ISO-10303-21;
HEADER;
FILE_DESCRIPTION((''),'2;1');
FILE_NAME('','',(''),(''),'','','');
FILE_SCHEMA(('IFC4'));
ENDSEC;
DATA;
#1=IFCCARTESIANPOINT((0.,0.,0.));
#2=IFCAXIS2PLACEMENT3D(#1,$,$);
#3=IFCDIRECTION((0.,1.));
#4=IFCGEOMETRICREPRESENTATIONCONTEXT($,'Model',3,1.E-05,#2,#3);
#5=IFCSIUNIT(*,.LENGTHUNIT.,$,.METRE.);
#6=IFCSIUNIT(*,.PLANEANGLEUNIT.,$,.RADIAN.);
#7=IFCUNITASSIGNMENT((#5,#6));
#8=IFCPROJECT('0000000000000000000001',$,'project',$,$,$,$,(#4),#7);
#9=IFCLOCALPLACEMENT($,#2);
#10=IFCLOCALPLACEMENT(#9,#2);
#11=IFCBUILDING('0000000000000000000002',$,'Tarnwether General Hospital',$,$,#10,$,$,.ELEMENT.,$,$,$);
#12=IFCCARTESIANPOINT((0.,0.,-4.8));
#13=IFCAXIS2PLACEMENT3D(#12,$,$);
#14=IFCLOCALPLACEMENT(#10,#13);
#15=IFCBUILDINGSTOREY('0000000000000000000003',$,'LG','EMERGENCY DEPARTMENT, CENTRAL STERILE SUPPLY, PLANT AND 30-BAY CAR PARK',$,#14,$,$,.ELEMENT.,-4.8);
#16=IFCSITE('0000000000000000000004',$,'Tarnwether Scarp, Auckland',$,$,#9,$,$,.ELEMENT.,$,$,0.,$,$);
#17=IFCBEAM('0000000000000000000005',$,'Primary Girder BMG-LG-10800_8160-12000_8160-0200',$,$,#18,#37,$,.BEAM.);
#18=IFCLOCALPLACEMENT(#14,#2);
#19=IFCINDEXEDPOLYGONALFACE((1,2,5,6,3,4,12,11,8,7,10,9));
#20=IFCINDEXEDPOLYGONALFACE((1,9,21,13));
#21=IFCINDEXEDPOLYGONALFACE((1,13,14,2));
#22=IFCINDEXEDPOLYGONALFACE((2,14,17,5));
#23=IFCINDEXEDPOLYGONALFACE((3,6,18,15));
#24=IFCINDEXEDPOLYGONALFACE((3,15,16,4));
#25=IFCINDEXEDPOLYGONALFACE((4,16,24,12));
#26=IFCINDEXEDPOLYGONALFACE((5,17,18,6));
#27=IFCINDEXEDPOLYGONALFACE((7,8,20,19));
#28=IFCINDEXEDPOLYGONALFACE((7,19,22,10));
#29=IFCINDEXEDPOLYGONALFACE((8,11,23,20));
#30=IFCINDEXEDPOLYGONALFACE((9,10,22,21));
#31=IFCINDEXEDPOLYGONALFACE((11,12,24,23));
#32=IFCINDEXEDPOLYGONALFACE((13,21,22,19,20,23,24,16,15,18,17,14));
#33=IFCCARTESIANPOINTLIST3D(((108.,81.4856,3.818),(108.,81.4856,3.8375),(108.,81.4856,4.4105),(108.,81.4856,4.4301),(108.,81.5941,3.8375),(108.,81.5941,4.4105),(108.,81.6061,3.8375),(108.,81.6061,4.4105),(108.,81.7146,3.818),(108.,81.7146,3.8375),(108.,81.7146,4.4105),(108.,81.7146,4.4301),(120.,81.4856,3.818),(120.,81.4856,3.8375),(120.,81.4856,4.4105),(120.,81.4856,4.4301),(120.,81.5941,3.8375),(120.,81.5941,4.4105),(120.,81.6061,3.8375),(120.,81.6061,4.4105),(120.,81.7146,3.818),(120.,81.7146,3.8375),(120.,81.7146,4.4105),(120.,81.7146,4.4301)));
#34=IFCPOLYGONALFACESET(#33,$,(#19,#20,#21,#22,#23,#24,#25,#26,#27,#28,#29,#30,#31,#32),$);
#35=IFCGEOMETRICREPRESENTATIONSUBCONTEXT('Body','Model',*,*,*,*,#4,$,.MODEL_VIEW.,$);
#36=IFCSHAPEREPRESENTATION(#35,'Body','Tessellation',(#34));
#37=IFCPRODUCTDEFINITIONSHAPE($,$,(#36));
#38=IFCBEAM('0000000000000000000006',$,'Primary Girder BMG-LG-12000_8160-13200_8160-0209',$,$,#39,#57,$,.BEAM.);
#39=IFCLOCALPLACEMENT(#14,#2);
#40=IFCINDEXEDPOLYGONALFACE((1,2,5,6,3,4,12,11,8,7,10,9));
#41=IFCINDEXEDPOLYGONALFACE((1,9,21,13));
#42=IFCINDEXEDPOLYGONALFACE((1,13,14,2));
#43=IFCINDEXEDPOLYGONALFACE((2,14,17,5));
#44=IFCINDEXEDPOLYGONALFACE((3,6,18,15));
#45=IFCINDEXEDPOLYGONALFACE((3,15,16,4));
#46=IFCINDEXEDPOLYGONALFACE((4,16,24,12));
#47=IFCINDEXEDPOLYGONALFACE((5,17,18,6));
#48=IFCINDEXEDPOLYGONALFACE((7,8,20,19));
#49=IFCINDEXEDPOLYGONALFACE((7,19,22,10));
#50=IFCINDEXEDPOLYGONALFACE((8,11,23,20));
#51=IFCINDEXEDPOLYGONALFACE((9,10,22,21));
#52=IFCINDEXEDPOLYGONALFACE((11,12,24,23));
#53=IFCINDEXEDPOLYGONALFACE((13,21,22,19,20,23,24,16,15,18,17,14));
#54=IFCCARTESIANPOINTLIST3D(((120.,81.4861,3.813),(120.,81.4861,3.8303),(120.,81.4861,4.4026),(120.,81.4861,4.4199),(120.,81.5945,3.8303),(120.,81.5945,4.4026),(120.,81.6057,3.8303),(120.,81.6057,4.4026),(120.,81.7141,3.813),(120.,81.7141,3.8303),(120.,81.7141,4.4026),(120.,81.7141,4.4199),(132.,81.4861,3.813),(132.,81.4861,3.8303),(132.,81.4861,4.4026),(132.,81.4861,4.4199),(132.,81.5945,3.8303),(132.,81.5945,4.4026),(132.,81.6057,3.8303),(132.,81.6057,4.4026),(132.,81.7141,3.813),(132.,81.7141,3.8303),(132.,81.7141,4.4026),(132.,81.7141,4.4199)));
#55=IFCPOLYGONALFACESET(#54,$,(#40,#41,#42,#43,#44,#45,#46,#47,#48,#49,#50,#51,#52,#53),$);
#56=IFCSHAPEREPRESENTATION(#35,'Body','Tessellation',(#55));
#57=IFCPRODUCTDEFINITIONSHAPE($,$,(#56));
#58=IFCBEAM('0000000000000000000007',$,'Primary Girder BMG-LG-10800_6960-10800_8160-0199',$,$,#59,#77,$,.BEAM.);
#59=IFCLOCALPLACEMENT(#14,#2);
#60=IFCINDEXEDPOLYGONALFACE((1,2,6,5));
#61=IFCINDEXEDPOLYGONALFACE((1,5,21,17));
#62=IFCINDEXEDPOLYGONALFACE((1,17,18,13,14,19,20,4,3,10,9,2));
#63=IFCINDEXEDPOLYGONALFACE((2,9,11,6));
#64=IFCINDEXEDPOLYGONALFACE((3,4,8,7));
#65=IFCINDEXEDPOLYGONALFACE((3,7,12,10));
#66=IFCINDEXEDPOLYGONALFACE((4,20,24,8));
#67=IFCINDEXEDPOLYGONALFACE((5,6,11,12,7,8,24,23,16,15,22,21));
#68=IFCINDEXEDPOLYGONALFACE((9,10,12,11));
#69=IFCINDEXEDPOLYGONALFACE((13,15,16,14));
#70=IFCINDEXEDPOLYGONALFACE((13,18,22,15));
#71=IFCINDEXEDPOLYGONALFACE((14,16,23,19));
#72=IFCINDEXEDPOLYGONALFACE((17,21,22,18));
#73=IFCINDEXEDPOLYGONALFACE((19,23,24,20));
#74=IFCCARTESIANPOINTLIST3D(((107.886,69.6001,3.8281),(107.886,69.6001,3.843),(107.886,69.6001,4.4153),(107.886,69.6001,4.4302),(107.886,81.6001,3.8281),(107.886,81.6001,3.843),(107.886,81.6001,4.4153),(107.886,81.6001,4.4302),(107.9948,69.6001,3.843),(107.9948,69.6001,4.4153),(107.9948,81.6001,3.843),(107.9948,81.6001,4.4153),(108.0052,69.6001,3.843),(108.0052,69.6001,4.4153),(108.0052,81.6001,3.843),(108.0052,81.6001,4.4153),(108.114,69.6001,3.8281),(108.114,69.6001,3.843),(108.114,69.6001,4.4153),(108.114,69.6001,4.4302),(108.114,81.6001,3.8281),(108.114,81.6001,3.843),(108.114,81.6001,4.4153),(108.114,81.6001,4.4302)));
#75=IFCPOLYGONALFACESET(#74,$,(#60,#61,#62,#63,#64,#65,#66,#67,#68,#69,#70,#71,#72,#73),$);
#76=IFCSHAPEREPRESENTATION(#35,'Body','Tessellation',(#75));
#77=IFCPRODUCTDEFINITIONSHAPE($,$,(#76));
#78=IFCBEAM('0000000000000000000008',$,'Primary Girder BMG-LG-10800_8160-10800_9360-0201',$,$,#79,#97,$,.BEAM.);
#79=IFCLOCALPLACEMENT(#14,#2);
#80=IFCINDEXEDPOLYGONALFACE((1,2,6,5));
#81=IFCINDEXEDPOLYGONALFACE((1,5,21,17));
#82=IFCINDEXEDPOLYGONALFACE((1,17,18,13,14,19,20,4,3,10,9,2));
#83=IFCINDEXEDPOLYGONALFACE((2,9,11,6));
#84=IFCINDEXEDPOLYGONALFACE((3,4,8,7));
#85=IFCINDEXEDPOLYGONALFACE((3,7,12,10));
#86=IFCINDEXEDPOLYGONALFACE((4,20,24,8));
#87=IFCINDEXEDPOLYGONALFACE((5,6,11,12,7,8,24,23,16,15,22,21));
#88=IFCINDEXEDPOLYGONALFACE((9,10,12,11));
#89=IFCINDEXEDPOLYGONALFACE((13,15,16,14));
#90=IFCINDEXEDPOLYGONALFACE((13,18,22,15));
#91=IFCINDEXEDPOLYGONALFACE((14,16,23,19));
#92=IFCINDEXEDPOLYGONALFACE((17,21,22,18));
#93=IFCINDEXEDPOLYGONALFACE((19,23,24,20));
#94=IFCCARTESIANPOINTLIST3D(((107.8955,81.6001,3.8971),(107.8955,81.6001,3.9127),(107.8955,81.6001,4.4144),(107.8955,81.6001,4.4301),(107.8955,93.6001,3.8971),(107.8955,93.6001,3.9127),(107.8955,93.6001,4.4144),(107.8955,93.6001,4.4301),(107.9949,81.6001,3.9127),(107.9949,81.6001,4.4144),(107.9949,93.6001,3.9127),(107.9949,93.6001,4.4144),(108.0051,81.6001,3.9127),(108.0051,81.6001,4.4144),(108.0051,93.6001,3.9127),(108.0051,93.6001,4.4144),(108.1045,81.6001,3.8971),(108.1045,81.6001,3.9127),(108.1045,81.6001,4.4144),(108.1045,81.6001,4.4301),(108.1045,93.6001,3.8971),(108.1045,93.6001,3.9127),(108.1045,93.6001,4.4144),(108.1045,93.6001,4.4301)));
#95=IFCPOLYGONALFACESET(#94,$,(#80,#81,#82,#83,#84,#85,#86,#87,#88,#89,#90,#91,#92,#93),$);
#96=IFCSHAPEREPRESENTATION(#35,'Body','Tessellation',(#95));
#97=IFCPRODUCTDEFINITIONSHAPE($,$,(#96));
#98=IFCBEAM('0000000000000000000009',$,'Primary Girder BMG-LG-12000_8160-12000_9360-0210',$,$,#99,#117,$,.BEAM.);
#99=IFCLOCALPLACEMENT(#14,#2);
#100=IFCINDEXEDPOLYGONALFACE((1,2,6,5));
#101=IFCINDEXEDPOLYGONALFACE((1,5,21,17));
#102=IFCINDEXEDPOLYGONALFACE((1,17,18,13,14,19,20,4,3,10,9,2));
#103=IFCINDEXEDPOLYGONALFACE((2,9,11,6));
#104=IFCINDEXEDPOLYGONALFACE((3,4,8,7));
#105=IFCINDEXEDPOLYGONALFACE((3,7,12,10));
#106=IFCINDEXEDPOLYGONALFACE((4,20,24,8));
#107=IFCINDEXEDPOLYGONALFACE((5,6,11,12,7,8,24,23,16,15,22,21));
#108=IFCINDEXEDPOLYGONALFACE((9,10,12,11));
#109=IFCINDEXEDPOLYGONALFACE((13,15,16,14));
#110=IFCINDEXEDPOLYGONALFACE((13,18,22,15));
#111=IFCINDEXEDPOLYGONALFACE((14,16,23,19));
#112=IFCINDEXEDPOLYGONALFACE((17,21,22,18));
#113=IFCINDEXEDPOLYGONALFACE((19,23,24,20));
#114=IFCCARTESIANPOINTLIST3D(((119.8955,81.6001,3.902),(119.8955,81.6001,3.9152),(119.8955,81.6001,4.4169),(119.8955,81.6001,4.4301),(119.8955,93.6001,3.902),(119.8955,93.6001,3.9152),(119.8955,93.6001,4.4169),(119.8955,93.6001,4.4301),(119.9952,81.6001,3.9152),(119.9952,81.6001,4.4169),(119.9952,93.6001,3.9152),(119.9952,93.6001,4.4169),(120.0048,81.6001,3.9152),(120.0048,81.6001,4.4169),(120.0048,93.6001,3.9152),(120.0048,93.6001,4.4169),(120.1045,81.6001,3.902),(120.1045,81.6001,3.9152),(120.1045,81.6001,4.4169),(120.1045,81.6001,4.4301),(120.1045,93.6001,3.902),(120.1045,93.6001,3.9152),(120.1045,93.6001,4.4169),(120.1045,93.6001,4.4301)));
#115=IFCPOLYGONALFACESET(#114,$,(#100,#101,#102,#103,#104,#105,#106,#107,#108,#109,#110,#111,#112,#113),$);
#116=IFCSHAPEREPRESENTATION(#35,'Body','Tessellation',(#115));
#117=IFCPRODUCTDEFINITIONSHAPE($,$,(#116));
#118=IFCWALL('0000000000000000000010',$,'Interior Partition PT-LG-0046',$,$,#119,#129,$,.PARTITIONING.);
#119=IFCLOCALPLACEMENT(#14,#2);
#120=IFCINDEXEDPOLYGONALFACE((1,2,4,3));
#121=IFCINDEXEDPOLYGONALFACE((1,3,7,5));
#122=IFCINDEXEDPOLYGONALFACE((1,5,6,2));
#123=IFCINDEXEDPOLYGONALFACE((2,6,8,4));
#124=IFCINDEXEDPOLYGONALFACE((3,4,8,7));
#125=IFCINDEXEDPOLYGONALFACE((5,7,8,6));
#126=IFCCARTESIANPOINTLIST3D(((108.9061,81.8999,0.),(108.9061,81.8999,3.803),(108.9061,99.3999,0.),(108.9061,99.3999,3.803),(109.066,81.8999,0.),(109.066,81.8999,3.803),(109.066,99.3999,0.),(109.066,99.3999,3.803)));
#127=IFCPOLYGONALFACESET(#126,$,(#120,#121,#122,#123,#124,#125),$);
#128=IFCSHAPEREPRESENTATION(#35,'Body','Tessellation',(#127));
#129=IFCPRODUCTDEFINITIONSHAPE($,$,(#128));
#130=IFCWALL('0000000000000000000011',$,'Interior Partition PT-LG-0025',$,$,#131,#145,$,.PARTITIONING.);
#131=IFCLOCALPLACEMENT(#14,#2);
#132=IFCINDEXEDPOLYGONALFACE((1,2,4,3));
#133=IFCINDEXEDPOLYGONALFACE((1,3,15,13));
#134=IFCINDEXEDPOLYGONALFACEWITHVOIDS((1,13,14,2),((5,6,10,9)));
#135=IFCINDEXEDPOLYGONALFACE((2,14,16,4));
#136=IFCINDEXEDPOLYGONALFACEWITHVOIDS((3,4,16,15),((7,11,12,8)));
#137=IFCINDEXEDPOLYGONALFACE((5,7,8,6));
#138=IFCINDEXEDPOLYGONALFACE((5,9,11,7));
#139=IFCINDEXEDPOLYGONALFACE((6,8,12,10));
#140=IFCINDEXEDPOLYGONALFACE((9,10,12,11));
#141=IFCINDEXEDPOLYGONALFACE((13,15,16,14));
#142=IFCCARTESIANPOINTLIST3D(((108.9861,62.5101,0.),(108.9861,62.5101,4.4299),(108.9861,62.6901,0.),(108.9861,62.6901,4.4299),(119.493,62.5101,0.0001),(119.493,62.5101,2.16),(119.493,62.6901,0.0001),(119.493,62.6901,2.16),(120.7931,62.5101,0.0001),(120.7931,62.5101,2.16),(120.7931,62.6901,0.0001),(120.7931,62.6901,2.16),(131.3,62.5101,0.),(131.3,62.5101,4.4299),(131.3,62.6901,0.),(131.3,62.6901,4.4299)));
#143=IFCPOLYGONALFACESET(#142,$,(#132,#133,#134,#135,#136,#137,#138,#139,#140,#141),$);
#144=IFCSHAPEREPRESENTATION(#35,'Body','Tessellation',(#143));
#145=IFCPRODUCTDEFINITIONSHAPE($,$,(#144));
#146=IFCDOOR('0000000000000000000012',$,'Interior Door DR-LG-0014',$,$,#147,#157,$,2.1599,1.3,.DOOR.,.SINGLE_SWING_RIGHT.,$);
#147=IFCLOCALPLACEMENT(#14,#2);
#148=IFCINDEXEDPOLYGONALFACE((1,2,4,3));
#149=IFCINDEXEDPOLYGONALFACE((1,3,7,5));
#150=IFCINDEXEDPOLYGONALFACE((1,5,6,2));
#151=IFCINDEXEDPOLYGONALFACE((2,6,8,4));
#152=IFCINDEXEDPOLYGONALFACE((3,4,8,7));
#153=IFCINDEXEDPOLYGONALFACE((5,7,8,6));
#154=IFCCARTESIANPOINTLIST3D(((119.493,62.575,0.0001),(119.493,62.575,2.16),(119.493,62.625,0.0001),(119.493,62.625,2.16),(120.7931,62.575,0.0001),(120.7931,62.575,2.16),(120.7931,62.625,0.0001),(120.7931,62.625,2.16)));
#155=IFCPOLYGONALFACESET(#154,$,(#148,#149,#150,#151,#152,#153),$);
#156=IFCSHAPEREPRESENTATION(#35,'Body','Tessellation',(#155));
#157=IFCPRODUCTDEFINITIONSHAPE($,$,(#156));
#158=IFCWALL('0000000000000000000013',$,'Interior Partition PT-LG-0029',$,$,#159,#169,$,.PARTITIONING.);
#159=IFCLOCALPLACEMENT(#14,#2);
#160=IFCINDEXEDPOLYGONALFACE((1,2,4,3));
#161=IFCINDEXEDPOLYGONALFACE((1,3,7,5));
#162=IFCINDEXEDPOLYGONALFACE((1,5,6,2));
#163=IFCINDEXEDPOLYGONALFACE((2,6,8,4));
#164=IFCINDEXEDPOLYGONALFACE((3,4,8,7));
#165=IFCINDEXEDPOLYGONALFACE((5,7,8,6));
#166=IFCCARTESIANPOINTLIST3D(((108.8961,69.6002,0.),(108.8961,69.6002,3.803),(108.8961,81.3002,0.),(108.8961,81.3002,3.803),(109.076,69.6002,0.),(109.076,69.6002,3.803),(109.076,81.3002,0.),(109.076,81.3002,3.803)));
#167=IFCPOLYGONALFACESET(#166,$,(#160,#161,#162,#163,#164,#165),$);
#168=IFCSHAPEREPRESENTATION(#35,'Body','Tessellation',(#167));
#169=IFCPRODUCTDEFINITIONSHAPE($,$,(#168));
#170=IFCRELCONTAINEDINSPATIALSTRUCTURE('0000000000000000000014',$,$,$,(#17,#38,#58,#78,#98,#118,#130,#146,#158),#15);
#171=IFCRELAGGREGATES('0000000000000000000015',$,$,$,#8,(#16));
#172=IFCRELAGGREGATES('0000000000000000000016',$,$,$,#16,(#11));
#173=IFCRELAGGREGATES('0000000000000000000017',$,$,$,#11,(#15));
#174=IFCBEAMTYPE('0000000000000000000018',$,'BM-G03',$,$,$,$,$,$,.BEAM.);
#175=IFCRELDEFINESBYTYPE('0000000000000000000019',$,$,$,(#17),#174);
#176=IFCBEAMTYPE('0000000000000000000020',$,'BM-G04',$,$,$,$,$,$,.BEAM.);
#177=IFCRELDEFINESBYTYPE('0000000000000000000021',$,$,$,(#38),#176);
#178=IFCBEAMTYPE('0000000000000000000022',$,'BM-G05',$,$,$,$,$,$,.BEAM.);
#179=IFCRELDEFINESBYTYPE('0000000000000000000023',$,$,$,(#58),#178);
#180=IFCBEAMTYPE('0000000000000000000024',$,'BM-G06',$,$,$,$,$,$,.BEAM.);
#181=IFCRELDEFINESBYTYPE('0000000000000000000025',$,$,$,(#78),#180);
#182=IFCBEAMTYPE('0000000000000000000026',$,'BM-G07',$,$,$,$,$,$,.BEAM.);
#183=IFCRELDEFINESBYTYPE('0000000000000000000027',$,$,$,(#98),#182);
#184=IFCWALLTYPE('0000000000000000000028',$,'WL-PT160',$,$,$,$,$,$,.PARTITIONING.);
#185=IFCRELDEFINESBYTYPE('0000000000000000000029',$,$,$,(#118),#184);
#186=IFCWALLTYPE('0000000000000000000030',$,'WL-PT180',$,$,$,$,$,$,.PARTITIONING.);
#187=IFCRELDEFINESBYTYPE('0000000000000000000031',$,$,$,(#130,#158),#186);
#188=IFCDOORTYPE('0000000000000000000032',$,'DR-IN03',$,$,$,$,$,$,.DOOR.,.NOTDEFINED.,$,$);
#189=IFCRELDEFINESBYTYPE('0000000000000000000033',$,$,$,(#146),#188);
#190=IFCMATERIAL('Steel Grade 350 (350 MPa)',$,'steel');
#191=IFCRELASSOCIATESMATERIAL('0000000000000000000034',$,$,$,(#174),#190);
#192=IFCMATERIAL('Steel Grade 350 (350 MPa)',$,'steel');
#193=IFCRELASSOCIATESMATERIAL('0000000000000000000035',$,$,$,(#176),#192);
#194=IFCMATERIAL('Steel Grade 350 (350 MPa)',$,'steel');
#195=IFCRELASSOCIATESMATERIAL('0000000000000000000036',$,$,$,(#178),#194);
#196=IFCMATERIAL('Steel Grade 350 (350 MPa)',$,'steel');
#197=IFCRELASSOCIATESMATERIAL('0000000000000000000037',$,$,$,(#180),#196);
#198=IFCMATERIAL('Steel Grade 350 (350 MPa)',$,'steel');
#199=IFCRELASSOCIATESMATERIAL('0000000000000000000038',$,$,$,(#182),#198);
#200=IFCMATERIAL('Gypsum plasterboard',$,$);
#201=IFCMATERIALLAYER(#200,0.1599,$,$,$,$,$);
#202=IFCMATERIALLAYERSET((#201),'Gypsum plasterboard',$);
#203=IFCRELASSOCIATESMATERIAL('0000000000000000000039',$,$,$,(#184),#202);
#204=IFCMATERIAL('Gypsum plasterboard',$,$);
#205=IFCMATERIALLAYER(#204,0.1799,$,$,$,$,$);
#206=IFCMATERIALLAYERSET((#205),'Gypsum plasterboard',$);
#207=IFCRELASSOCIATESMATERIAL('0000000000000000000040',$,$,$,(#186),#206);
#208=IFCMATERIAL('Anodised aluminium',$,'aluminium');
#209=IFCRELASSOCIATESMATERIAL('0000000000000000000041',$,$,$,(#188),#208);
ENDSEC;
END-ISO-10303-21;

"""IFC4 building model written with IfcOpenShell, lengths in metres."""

from ifc_helpers import new_model, si_unit, direction, frame, frame_2d, origin, origin_2d, place, context, subcontext, project, spatial, rectangle, i_section, extrude, material, layer, layer_set, material_profile, profile_set, type_object, element, fill, save


model = new_model("IFC4")

# Units and contexts
model_context = context("Model", 3, precision=1e-05, world=origin(), true_north=direction((0.0, 1.0)))
body_context = subcontext(model_context, "Body", "Model", "MODEL_VIEW")
ifc_project = project(units=[si_unit("LENGTHUNIT", "METRE"), si_unit("PLANEANGLEUNIT", "RADIAN")], contexts=[model_context])

# Site, building, storey
site_placement = place(None, origin())
site = spatial("IfcSite", under=ifc_project, at=site_placement, Name="Tarnwether Scarp, Auckland", CompositionType="ELEMENT", RefElevation=0.0)
building_placement = place(site_placement, origin())
building = spatial("IfcBuilding", under=site, at=building_placement, Name="Tarnwether General Hospital", CompositionType="ELEMENT")
storey_placement = place(building_placement, frame((0.0, 0.0, -4.8)))
storey = spatial("IfcBuildingStorey", under=building, at=storey_placement, Name="LG", Description="EMERGENCY DEPARTMENT, CENTRAL STERILE SUPPLY, PLANT AND 30-BAY CAR PARK", CompositionType="ELEMENT", Elevation=-4.8)

# Beams
ifc_material_1 = material(Name="Steel Grade 350 (350 MPa)", Category="steel")
ifc_material_profile_1 = material_profile(ifc_material_1, i_section(OverallWidth=0.229, OverallDepth=0.6121, WebThickness=0.012, FlangeThickness=0.0195, at=origin_2d()), Name="610UB125")
ifc_profile_set_1 = profile_set([ifc_material_profile_1], Name="Steel Grade 350 (350 MPa)")
beam_type_1 = type_object("IfcBeamType", Name="BM-G03", PredefinedType="BEAM", material=ifc_profile_set_1)
beam_1_placement = place(storey_placement, frame((108.0, 81.6001, 4.124), z_axis=(1.0, 0.0, 0.0), x_axis=(0.0, 1.0, 0.0)))
element("IfcBeam", 1, at=beam_1_placement, inside=storey, type_object=beam_type_1, Name="Primary Girder BMG-LG-10800_8160-12000_8160-0200", PredefinedType="BEAM", context=body_context, shape_type="SweptSolid", body=[
    extrude(i_section(OverallWidth=0.229, OverallDepth=0.6121, WebThickness=0.012, FlangeThickness=0.0195, at=origin_2d()), origin(), (0.0, 0.0, 1.0), 12.0),
])
ifc_material_2 = material(Name="Steel Grade 350 (350 MPa)", Category="steel")
ifc_material_profile_2 = material_profile(ifc_material_2, i_section(OverallWidth=0.228, OverallDepth=0.6069, WebThickness=0.0112, FlangeThickness=0.0173, at=origin_2d()), Name="610UB113")
ifc_profile_set_2 = profile_set([ifc_material_profile_2], Name="Steel Grade 350 (350 MPa)")
beam_type_2 = type_object("IfcBeamType", Name="BM-G04", PredefinedType="BEAM", material=ifc_profile_set_2)
beam_2_placement = place(storey_placement, frame((120.0, 81.6001, 4.1165), z_axis=(1.0, 0.0, 0.0), x_axis=(0.0, 1.0, 0.0)))
element("IfcBeam", 2, at=beam_2_placement, inside=storey, type_object=beam_type_2, Name="Primary Girder BMG-LG-12000_8160-13200_8160-0209", PredefinedType="BEAM", context=body_context, shape_type="SweptSolid", body=[
    extrude(i_section(OverallWidth=0.228, OverallDepth=0.6069, WebThickness=0.0112, FlangeThickness=0.0173, at=origin_2d()), origin(), (0.0, 0.0, 1.0), 12.0),
])
ifc_material_3 = material(Name="Steel Grade 350 (350 MPa)", Category="steel")
ifc_material_profile_3 = material_profile(ifc_material_3, i_section(OverallWidth=0.228, OverallDepth=0.6021, WebThickness=0.0105, FlangeThickness=0.0149, at=origin_2d()), Name="610UB101")
ifc_profile_set_3 = profile_set([ifc_material_profile_3], Name="Steel Grade 350 (350 MPa)")
beam_type_3 = type_object("IfcBeamType", Name="BM-G05", PredefinedType="BEAM", material=ifc_profile_set_3)
beam_3_placement = place(storey_placement, frame((108.0, 69.6001, 4.1292), z_axis=(0.0, 1.0, 0.0), x_axis=(-1.0, 0.0, 0.0)))
element("IfcBeam", 3, at=beam_3_placement, inside=storey, type_object=beam_type_3, Name="Primary Girder BMG-LG-10800_6960-10800_8160-0199", PredefinedType="BEAM", context=body_context, shape_type="SweptSolid", body=[
    extrude(i_section(OverallWidth=0.228, OverallDepth=0.6021, WebThickness=0.0105, FlangeThickness=0.0149, at=origin_2d()), origin(), (0.0, 0.0, 1.0), 12.0),
])
ifc_material_4 = material(Name="Steel Grade 350 (350 MPa)", Category="steel")
ifc_material_profile_4 = material_profile(ifc_material_4, i_section(OverallWidth=0.209, OverallDepth=0.533, WebThickness=0.0103, FlangeThickness=0.0156, at=origin_2d()), Name="530UB92.4")
ifc_profile_set_4 = profile_set([ifc_material_profile_4], Name="Steel Grade 350 (350 MPa)")
beam_type_4 = type_object("IfcBeamType", Name="BM-G06", PredefinedType="BEAM", material=ifc_profile_set_4)
beam_4_placement = place(storey_placement, frame((108.0, 81.6001, 4.1636), z_axis=(0.0, 1.0, 0.0), x_axis=(-1.0, 0.0, 0.0)))
element("IfcBeam", 4, at=beam_4_placement, inside=storey, type_object=beam_type_4, Name="Primary Girder BMG-LG-10800_8160-10800_9360-0201", PredefinedType="BEAM", context=body_context, shape_type="SweptSolid", body=[
    extrude(i_section(OverallWidth=0.209, OverallDepth=0.533, WebThickness=0.0103, FlangeThickness=0.0156, at=origin_2d()), origin(), (0.0, 0.0, 1.0), 12.0),
])
ifc_material_5 = material(Name="Steel Grade 350 (350 MPa)", Category="steel")
ifc_material_profile_5 = material_profile(ifc_material_5, i_section(OverallWidth=0.209, OverallDepth=0.5281, WebThickness=0.0095, FlangeThickness=0.0132, at=origin_2d()), Name="530UB82.0")
ifc_profile_set_5 = profile_set([ifc_material_profile_5], Name="Steel Grade 350 (350 MPa)")
beam_type_5 = type_object("IfcBeamType", Name="BM-G07", PredefinedType="BEAM", material=ifc_profile_set_5)
beam_5_placement = place(storey_placement, frame((120.0, 81.6001, 4.166), z_axis=(0.0, 1.0, 0.0), x_axis=(-1.0, 0.0, 0.0)))
element("IfcBeam", 5, at=beam_5_placement, inside=storey, type_object=beam_type_5, Name="Primary Girder BMG-LG-12000_8160-12000_9360-0210", PredefinedType="BEAM", context=body_context, shape_type="SweptSolid", body=[
    extrude(i_section(OverallWidth=0.209, OverallDepth=0.5281, WebThickness=0.0095, FlangeThickness=0.0132, at=origin_2d()), origin(), (0.0, 0.0, 1.0), 12.0),
])

# Wall
ifc_material_6 = material(Name="Gypsum plasterboard")
ifc_layer_1 = layer(ifc_material_6, 0.1599)
ifc_layer_set_1 = layer_set([ifc_layer_1], Name="Gypsum plasterboard")
wall_type_1 = type_object("IfcWallType", Name="WL-PT160", PredefinedType="PARTITIONING", material=ifc_layer_set_1)
wall_1_placement = place(storey_placement, frame((108.9861, 81.8999, 0.0), z_axis=(0.0, 0.0, 1.0), x_axis=(0.0, 1.0, 0.0)))
element("IfcWall", 6, at=wall_1_placement, inside=storey, type_object=wall_type_1, Name="Interior Partition PT-LG-0046", PredefinedType="PARTITIONING", context=body_context, shape_type="SweptSolid", body=[
    extrude(rectangle(XDim=17.5, YDim=0.1599, at=frame_2d((8.75, 0.0))), origin(), (0.0, 0.0, 1.0), 3.803),
])

# Wall, opening, door
ifc_material_7 = material(Name="Gypsum plasterboard")
ifc_layer_2 = layer(ifc_material_7, 0.1799)
ifc_layer_set_2 = layer_set([ifc_layer_2], Name="Gypsum plasterboard")
wall_type_2 = type_object("IfcWallType", Name="WL-PT180", PredefinedType="PARTITIONING", material=ifc_layer_set_2)
wall_2_placement = place(storey_placement, frame((108.9861, 62.6001, 0.0), z_axis=(0.0, 0.0, 1.0), x_axis=(1.0, 0.0, 0.0)))
wall_2 = element("IfcWall", 7, at=wall_2_placement, inside=storey, type_object=wall_type_2, Name="Interior Partition PT-LG-0025", PredefinedType="PARTITIONING", context=body_context, shape_type="SweptSolid", body=[
    extrude(rectangle(XDim=22.314, YDim=0.1799, at=frame_2d((11.157, 0.0))), origin(), (0.0, 0.0, 1.0), 4.4299),
])
opening_1_placement = place(wall_2_placement, frame((10.5071, 0.0, 0.0)))
opening_1 = element("IfcOpeningElement", 8, at=opening_1_placement, cuts=wall_2, PredefinedType="OPENING", context=body_context, shape_type="SweptSolid", body=[
    extrude(rectangle(XDim=1.3, YDim=2.1599, at=frame_2d((0.6499, 1.0801))), frame((0.0, 0.1001, 0.0), z_axis=(0.0, -1.0, 0.0), x_axis=(1.0, 0.0, 0.0)), (0.0, 0.0, 1.0), 0.2),
])
ifc_material_8 = material(Name="Anodised aluminium", Category="aluminium")
door_type_1 = type_object("IfcDoorType", Name="DR-IN03", OperationType="NOTDEFINED", PredefinedType="DOOR", material=ifc_material_8)
door_1_placement = place(opening_1_placement, origin())
door_1 = element("IfcDoor", 9, at=door_1_placement, inside=storey, type_object=door_type_1, Name="Interior Door DR-LG-0014", OperationType="SINGLE_SWING_RIGHT", OverallHeight=2.1599, OverallWidth=1.3, PredefinedType="DOOR", context=body_context, shape_type="SweptSolid", body=[
    extrude(rectangle(XDim=1.3, YDim=2.1599, at=frame_2d((0.6499, 1.0801))), frame((0.0, 0.0249, 0.0), z_axis=(0.0, -1.0, 0.0), x_axis=(1.0, 0.0, 0.0)), (0.0, 0.0, 1.0), 0.05),
])
fill(opening_1, door_1)

# Wall
wall_3_placement = place(storey_placement, frame((108.9861, 69.6001, 0.0), z_axis=(0.0, 0.0, 1.0), x_axis=(0.0, 1.0, 0.0)))
element("IfcWall", 10, at=wall_3_placement, inside=storey, type_object=wall_type_2, Name="Interior Partition PT-LG-0029", PredefinedType="PARTITIONING", context=body_context, shape_type="SweptSolid", body=[
    extrude(rectangle(XDim=11.7, YDim=0.1799, at=frame_2d((5.8501, 0.0))), origin(), (0.0, 0.0, 1.0), 3.803),
])

save(model, "model.ifc")
